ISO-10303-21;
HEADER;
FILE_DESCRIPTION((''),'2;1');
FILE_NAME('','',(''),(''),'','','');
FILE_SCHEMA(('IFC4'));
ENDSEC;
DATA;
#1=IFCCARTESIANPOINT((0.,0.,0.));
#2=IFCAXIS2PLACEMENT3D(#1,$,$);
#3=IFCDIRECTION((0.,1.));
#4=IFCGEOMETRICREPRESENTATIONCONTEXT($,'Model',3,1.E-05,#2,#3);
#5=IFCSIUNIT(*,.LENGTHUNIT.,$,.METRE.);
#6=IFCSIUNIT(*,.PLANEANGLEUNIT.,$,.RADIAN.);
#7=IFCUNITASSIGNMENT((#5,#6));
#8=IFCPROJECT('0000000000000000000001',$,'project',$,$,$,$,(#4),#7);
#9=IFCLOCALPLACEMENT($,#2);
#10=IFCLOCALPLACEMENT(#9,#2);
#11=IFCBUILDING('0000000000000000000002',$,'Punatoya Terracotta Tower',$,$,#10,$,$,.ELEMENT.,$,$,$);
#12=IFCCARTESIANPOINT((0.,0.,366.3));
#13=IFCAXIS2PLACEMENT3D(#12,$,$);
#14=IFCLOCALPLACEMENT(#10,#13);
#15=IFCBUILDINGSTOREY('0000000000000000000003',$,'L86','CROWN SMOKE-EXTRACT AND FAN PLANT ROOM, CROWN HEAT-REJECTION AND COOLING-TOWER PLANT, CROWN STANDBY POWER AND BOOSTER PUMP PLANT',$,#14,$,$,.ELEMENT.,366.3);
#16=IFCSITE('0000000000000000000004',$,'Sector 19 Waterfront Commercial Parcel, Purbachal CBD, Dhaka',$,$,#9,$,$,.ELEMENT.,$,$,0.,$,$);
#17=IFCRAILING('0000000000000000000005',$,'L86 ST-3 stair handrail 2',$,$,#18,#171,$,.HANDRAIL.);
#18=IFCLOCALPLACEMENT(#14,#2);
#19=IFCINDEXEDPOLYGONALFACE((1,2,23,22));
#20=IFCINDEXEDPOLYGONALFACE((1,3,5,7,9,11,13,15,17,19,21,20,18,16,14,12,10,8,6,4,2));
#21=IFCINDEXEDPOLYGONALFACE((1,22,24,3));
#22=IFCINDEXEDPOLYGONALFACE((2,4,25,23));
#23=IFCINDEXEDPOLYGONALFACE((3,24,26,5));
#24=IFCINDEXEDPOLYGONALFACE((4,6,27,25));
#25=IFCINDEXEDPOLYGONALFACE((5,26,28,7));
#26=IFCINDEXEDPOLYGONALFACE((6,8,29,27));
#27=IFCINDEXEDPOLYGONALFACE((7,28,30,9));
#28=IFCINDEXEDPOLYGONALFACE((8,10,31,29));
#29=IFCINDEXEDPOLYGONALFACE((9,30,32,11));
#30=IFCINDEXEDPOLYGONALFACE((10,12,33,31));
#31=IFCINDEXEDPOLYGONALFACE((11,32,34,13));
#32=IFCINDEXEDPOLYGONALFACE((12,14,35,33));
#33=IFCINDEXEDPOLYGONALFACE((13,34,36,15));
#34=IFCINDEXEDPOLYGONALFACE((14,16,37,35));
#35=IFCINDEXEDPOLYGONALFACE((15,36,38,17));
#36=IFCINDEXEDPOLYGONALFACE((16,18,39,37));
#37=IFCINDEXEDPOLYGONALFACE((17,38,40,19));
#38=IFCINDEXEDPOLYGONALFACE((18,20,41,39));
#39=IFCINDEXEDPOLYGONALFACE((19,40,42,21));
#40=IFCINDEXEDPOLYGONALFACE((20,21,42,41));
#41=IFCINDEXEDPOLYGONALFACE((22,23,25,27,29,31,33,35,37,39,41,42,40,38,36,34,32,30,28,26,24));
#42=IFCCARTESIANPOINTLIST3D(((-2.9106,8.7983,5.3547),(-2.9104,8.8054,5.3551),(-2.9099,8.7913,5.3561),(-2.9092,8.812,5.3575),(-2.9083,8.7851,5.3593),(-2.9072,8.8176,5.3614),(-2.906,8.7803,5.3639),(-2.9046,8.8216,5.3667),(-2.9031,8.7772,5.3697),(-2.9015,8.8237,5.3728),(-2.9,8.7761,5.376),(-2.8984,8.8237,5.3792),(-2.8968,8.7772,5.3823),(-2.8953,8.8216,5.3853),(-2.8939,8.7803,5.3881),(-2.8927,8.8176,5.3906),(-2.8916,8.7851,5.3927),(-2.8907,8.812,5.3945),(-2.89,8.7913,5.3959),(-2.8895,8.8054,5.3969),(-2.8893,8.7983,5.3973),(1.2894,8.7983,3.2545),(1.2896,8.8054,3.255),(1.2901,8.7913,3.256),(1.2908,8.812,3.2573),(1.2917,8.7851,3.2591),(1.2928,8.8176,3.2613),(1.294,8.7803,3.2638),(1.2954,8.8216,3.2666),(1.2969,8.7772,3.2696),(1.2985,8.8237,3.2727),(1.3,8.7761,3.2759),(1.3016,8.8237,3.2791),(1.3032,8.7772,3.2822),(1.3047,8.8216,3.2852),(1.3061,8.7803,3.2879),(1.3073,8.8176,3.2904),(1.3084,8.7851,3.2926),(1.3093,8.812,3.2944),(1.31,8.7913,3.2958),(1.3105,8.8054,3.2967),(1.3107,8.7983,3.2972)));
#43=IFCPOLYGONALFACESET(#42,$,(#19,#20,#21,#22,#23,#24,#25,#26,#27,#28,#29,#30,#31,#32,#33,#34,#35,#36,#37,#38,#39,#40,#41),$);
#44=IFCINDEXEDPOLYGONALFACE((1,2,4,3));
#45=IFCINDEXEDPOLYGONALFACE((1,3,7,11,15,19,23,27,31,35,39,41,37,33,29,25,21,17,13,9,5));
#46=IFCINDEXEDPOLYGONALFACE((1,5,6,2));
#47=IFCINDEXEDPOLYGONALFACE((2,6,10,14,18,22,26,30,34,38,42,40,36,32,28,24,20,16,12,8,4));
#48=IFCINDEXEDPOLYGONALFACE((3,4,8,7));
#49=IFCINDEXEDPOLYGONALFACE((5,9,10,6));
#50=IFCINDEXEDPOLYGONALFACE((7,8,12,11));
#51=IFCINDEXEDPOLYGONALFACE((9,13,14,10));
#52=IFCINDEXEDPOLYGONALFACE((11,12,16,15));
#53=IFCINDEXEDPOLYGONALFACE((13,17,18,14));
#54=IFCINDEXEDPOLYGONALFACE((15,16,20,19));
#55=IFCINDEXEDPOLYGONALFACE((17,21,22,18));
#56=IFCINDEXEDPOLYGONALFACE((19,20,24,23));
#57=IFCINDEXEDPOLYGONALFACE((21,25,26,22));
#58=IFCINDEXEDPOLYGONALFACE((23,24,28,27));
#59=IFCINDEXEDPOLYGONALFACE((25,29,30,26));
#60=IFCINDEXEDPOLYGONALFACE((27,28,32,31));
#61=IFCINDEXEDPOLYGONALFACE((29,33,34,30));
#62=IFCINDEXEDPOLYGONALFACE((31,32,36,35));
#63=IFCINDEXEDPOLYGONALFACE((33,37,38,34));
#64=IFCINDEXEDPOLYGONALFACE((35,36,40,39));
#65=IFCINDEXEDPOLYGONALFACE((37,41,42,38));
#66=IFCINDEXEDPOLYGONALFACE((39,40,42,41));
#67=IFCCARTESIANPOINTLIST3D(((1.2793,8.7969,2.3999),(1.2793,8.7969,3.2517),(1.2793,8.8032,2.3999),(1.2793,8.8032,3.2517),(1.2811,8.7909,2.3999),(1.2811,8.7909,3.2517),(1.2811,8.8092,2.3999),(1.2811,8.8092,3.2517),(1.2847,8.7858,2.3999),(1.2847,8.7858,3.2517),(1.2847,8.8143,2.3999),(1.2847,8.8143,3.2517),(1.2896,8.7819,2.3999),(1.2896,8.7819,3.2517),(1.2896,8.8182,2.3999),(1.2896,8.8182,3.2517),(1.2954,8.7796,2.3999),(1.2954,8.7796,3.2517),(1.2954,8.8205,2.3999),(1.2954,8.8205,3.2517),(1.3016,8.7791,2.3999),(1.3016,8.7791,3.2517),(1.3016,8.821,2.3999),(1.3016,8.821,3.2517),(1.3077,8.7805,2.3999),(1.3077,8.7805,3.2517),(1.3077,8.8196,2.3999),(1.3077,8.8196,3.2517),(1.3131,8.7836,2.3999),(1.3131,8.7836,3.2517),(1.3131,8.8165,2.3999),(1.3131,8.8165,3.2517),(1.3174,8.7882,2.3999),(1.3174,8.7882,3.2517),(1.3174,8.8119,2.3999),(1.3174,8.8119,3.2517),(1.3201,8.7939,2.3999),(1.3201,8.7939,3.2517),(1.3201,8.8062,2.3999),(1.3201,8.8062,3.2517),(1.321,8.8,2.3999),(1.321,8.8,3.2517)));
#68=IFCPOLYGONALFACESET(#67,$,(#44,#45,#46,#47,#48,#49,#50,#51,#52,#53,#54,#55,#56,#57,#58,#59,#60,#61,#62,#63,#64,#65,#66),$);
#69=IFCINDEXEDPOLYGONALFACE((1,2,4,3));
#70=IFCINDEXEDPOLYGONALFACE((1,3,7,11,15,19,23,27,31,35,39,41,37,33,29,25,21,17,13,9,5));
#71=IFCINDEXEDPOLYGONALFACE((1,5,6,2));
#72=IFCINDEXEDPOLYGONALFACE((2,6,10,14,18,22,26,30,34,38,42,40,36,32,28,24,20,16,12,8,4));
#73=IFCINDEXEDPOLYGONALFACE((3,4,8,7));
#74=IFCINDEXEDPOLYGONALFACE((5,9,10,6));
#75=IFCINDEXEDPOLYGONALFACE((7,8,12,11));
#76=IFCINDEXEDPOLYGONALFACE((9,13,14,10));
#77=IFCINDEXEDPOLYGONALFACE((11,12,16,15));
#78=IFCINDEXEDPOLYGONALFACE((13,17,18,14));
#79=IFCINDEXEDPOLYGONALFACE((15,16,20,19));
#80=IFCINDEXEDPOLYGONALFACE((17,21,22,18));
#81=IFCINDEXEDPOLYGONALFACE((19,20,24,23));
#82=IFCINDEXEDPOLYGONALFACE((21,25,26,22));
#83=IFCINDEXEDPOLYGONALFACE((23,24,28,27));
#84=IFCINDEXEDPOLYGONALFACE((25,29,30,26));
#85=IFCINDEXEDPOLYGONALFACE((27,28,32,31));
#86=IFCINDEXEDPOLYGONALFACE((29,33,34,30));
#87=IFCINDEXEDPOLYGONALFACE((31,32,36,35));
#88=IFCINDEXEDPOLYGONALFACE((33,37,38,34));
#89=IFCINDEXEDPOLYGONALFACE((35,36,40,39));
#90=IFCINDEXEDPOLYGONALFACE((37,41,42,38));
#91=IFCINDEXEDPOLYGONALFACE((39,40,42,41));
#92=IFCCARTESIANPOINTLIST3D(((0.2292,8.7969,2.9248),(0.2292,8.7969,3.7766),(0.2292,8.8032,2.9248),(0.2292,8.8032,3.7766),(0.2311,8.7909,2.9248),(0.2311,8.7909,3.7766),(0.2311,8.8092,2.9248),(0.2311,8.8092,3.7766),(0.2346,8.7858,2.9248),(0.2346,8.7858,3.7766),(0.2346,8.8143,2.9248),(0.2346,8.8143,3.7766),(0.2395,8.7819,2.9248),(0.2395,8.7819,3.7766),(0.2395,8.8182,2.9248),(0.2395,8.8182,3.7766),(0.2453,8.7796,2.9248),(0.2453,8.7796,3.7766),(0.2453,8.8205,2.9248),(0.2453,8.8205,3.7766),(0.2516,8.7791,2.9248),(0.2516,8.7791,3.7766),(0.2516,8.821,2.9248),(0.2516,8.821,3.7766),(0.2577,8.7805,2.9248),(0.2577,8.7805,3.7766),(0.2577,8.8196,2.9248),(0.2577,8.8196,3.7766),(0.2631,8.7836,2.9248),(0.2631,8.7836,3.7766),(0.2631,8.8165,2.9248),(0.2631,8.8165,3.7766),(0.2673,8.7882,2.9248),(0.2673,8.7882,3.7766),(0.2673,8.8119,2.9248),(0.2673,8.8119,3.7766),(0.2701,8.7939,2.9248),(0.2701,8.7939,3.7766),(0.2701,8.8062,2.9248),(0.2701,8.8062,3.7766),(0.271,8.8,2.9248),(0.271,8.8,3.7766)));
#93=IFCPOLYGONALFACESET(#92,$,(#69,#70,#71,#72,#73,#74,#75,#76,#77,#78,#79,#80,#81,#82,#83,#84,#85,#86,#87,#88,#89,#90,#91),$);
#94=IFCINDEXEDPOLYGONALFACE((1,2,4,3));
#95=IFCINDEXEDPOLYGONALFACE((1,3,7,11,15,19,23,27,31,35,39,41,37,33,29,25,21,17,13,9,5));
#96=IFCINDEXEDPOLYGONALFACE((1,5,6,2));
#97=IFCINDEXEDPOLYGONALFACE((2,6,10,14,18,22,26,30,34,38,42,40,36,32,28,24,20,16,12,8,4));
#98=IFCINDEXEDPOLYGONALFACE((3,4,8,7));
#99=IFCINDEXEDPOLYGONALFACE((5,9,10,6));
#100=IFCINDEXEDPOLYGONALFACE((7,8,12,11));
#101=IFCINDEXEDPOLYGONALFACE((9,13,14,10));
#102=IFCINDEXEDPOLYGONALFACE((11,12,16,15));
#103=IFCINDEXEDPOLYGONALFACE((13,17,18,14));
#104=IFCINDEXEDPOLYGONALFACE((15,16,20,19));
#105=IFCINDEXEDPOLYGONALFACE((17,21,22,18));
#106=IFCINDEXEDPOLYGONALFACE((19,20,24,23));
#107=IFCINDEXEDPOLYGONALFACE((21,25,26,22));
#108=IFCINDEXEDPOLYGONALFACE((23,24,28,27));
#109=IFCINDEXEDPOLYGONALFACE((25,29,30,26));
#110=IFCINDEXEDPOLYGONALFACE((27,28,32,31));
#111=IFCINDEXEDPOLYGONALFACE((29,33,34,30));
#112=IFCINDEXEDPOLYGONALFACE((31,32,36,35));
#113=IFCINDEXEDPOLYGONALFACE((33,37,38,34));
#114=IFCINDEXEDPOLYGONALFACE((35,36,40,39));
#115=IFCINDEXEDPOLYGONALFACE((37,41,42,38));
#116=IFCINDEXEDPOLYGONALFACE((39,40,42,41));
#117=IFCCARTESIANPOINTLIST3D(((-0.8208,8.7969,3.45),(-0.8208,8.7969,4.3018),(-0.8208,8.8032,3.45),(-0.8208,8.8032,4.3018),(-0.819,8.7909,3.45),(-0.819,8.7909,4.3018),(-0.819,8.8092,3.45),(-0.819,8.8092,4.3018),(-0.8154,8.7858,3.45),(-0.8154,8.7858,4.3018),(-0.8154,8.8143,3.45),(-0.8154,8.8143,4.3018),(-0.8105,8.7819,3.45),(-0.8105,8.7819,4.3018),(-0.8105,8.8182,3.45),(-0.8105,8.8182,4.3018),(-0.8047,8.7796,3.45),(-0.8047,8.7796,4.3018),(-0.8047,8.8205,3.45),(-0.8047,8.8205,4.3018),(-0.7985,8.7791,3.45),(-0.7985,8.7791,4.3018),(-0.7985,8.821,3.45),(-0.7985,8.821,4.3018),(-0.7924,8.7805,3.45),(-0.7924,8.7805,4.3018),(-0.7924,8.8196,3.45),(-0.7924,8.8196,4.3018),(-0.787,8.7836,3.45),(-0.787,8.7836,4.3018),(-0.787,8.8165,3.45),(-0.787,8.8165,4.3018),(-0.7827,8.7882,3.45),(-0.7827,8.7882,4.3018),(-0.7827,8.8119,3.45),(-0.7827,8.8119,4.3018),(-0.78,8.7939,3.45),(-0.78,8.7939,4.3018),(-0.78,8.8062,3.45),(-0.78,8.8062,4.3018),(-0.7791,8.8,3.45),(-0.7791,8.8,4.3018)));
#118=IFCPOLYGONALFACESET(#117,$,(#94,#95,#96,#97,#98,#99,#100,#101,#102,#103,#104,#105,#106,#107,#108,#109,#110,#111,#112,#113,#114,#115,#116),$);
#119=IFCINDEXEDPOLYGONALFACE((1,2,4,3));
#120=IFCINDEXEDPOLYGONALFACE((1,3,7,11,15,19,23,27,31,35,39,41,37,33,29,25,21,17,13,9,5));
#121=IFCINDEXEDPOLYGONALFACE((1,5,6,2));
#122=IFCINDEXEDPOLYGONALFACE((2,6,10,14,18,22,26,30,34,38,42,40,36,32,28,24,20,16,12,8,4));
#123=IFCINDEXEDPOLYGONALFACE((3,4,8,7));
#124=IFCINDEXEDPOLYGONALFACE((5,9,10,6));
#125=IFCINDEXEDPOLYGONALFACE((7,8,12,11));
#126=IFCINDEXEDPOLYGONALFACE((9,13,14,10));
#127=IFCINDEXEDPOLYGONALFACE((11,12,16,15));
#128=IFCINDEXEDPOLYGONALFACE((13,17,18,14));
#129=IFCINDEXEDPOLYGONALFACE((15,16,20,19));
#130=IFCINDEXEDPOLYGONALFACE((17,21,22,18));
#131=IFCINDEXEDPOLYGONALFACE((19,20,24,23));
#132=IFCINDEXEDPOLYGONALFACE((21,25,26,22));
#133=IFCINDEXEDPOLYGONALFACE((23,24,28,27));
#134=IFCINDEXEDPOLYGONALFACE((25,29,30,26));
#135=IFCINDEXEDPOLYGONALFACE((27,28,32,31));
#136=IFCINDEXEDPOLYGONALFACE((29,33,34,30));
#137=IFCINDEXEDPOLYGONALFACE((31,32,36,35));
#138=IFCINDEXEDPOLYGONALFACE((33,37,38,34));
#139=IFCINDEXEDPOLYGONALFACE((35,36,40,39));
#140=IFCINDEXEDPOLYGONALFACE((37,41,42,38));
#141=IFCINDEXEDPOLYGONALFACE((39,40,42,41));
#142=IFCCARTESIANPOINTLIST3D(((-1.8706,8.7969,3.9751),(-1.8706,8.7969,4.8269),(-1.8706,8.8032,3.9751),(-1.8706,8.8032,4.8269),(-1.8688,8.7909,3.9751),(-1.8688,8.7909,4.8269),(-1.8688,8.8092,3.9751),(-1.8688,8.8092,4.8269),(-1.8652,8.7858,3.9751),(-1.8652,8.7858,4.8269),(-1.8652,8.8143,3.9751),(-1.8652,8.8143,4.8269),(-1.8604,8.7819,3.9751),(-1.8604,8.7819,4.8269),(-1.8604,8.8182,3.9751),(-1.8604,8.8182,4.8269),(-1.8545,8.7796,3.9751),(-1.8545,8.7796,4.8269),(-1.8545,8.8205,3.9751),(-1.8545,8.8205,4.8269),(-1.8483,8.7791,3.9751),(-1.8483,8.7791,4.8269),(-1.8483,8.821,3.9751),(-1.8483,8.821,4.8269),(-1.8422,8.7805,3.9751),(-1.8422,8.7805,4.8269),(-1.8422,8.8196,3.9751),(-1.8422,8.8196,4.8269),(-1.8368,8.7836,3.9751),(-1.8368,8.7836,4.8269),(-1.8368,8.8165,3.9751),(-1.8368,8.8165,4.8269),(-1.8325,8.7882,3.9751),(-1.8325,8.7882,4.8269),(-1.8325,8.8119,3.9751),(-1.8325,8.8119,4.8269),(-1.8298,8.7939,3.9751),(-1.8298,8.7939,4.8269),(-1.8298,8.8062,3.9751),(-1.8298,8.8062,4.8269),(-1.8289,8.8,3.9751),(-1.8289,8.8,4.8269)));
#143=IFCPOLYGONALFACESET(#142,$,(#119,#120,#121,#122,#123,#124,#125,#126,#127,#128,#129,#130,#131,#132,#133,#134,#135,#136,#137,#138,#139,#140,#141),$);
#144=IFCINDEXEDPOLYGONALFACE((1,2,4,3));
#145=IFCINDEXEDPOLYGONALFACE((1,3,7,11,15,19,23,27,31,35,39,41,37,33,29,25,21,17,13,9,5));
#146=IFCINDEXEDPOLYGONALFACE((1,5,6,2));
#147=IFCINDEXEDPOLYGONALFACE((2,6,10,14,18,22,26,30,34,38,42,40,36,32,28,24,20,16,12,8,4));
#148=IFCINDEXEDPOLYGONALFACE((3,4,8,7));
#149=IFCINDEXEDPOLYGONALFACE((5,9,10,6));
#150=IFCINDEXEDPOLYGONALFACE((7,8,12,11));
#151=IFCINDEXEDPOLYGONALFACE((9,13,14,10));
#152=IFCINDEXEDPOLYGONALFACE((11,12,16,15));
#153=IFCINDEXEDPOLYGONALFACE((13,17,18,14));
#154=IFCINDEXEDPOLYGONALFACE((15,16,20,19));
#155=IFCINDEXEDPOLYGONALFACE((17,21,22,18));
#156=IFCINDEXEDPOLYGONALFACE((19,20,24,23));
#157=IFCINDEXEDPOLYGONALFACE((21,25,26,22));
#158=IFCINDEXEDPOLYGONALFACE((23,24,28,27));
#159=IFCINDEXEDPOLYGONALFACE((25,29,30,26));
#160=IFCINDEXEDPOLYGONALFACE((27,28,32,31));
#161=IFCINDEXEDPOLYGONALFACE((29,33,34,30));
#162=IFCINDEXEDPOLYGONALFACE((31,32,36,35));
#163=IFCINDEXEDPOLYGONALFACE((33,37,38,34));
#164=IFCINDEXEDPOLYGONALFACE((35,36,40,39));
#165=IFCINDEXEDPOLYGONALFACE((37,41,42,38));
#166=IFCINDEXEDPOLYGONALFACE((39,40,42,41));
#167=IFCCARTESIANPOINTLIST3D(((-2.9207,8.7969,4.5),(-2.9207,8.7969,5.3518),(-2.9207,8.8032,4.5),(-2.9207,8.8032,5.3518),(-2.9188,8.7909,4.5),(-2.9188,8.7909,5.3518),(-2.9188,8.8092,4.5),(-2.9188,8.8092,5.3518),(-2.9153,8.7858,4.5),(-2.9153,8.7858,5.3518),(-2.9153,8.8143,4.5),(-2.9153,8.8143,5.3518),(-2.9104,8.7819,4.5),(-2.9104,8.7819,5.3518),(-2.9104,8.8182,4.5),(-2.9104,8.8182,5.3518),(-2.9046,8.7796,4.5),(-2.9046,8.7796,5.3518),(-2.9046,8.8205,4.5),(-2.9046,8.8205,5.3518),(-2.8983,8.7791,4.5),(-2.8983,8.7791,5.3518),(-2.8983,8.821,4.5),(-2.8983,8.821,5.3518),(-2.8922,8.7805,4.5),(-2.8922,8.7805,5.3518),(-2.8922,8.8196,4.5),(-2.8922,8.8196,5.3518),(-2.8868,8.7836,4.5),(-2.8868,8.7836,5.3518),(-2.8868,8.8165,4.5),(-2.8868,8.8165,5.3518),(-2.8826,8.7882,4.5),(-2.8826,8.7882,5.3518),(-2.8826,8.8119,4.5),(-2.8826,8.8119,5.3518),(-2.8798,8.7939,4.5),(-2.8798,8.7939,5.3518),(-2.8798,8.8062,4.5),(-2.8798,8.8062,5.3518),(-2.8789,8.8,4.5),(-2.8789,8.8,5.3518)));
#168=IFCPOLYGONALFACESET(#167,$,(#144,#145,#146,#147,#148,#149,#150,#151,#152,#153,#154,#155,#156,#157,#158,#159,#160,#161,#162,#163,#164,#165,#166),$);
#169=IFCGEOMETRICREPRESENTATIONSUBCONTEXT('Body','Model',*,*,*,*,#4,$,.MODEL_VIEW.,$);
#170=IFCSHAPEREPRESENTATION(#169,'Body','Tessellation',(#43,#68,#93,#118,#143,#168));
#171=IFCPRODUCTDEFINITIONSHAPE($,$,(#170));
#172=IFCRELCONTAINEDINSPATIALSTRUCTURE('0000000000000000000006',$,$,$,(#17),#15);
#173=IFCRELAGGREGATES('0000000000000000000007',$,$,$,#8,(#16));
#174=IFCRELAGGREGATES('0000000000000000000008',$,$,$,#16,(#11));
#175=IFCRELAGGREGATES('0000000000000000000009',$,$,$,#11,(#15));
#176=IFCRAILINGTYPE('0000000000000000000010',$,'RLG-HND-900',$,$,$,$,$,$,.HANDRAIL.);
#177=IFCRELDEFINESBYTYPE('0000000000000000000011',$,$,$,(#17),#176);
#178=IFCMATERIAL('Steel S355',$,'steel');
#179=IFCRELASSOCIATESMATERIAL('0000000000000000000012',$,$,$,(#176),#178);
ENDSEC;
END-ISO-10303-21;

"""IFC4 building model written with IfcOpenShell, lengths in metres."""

from ifc_helpers import new_model, si_unit, direction, frame, origin, origin_2d, place, context, subcontext, project, spatial, circle, extrude, material, type_object, element, save


model = new_model("IFC4")

# Units and contexts
model_context = context("Model", 3, precision=1e-05, world=origin(), true_north=direction((0.0, 1.0)))
body_context = subcontext(model_context, "Body", "Model", "MODEL_VIEW")
ifc_project = project(units=[si_unit("LENGTHUNIT", "METRE"), si_unit("PLANEANGLEUNIT", "RADIAN")], contexts=[model_context])

# Site, building, storey
site_placement = place(None, origin())
site = spatial("IfcSite", under=ifc_project, at=site_placement, Name="Sector 19 Waterfront Commercial Parcel, Purbachal CBD, Dhaka", CompositionType="ELEMENT", RefElevation=0.0)
building_placement = place(site_placement, origin())
building = spatial("IfcBuilding", under=site, at=building_placement, Name="Punatoya Terracotta Tower", CompositionType="ELEMENT")
storey_placement = place(building_placement, frame((0.0, 0.0, 366.3)))
storey = spatial("IfcBuildingStorey", under=building, at=storey_placement, Name="L86", Description="CROWN SMOKE-EXTRACT AND FAN PLANT ROOM, CROWN HEAT-REJECTION AND COOLING-TOWER PLANT, CROWN STANDBY POWER AND BOOSTER PUMP PLANT", CompositionType="ELEMENT", Elevation=366.3)

# Shared definitions
ifc_material_1 = material(Name="Steel S355", Category="steel")

# Railing
railing_type_1 = type_object("IfcRailingType", Name="RLG-HND-900", PredefinedType="HANDRAIL", material=ifc_material_1)
railing_1_placement = place(storey_placement, frame((1.3, 8.8, 2.3999)))
element("IfcRailing", 1, at=railing_1_placement, inside=storey, type_object=railing_type_1, Name="L86 ST-3 stair handrail 2", PredefinedType="HANDRAIL", context=body_context, shape_type="SweptSolid", body=[
    extrude(circle(Radius=0.0239, at=origin_2d()), frame((0.0, 0.0, 0.876), z_axis=(-0.894417, 0.0, 0.447234), x_axis=(0.0, -1.0, 0.0)), (0.0, 0.0, 1.0), 4.6958),
    extrude(circle(Radius=0.021, at=origin_2d()), origin(), (0.0, 0.0, 1.0), 0.8518),
    extrude(circle(Radius=0.021, at=origin_2d()), frame((-1.05, 0.0, 0.5249)), (0.0, 0.0, 1.0), 0.8518),
    extrude(circle(Radius=0.021, at=origin_2d()), frame((-2.1001, 0.0, 1.05)), (0.0, 0.0, 1.0), 0.8518),
    extrude(circle(Radius=0.021, at=origin_2d()), frame((-3.1499, 0.0, 1.5752)), (0.0, 0.0, 1.0), 0.8518),
    extrude(circle(Radius=0.021, at=origin_2d()), frame((-4.2, 0.0, 2.1001)), (0.0, 0.0, 1.0), 0.8518),
])

save(model, "model.ifc")
